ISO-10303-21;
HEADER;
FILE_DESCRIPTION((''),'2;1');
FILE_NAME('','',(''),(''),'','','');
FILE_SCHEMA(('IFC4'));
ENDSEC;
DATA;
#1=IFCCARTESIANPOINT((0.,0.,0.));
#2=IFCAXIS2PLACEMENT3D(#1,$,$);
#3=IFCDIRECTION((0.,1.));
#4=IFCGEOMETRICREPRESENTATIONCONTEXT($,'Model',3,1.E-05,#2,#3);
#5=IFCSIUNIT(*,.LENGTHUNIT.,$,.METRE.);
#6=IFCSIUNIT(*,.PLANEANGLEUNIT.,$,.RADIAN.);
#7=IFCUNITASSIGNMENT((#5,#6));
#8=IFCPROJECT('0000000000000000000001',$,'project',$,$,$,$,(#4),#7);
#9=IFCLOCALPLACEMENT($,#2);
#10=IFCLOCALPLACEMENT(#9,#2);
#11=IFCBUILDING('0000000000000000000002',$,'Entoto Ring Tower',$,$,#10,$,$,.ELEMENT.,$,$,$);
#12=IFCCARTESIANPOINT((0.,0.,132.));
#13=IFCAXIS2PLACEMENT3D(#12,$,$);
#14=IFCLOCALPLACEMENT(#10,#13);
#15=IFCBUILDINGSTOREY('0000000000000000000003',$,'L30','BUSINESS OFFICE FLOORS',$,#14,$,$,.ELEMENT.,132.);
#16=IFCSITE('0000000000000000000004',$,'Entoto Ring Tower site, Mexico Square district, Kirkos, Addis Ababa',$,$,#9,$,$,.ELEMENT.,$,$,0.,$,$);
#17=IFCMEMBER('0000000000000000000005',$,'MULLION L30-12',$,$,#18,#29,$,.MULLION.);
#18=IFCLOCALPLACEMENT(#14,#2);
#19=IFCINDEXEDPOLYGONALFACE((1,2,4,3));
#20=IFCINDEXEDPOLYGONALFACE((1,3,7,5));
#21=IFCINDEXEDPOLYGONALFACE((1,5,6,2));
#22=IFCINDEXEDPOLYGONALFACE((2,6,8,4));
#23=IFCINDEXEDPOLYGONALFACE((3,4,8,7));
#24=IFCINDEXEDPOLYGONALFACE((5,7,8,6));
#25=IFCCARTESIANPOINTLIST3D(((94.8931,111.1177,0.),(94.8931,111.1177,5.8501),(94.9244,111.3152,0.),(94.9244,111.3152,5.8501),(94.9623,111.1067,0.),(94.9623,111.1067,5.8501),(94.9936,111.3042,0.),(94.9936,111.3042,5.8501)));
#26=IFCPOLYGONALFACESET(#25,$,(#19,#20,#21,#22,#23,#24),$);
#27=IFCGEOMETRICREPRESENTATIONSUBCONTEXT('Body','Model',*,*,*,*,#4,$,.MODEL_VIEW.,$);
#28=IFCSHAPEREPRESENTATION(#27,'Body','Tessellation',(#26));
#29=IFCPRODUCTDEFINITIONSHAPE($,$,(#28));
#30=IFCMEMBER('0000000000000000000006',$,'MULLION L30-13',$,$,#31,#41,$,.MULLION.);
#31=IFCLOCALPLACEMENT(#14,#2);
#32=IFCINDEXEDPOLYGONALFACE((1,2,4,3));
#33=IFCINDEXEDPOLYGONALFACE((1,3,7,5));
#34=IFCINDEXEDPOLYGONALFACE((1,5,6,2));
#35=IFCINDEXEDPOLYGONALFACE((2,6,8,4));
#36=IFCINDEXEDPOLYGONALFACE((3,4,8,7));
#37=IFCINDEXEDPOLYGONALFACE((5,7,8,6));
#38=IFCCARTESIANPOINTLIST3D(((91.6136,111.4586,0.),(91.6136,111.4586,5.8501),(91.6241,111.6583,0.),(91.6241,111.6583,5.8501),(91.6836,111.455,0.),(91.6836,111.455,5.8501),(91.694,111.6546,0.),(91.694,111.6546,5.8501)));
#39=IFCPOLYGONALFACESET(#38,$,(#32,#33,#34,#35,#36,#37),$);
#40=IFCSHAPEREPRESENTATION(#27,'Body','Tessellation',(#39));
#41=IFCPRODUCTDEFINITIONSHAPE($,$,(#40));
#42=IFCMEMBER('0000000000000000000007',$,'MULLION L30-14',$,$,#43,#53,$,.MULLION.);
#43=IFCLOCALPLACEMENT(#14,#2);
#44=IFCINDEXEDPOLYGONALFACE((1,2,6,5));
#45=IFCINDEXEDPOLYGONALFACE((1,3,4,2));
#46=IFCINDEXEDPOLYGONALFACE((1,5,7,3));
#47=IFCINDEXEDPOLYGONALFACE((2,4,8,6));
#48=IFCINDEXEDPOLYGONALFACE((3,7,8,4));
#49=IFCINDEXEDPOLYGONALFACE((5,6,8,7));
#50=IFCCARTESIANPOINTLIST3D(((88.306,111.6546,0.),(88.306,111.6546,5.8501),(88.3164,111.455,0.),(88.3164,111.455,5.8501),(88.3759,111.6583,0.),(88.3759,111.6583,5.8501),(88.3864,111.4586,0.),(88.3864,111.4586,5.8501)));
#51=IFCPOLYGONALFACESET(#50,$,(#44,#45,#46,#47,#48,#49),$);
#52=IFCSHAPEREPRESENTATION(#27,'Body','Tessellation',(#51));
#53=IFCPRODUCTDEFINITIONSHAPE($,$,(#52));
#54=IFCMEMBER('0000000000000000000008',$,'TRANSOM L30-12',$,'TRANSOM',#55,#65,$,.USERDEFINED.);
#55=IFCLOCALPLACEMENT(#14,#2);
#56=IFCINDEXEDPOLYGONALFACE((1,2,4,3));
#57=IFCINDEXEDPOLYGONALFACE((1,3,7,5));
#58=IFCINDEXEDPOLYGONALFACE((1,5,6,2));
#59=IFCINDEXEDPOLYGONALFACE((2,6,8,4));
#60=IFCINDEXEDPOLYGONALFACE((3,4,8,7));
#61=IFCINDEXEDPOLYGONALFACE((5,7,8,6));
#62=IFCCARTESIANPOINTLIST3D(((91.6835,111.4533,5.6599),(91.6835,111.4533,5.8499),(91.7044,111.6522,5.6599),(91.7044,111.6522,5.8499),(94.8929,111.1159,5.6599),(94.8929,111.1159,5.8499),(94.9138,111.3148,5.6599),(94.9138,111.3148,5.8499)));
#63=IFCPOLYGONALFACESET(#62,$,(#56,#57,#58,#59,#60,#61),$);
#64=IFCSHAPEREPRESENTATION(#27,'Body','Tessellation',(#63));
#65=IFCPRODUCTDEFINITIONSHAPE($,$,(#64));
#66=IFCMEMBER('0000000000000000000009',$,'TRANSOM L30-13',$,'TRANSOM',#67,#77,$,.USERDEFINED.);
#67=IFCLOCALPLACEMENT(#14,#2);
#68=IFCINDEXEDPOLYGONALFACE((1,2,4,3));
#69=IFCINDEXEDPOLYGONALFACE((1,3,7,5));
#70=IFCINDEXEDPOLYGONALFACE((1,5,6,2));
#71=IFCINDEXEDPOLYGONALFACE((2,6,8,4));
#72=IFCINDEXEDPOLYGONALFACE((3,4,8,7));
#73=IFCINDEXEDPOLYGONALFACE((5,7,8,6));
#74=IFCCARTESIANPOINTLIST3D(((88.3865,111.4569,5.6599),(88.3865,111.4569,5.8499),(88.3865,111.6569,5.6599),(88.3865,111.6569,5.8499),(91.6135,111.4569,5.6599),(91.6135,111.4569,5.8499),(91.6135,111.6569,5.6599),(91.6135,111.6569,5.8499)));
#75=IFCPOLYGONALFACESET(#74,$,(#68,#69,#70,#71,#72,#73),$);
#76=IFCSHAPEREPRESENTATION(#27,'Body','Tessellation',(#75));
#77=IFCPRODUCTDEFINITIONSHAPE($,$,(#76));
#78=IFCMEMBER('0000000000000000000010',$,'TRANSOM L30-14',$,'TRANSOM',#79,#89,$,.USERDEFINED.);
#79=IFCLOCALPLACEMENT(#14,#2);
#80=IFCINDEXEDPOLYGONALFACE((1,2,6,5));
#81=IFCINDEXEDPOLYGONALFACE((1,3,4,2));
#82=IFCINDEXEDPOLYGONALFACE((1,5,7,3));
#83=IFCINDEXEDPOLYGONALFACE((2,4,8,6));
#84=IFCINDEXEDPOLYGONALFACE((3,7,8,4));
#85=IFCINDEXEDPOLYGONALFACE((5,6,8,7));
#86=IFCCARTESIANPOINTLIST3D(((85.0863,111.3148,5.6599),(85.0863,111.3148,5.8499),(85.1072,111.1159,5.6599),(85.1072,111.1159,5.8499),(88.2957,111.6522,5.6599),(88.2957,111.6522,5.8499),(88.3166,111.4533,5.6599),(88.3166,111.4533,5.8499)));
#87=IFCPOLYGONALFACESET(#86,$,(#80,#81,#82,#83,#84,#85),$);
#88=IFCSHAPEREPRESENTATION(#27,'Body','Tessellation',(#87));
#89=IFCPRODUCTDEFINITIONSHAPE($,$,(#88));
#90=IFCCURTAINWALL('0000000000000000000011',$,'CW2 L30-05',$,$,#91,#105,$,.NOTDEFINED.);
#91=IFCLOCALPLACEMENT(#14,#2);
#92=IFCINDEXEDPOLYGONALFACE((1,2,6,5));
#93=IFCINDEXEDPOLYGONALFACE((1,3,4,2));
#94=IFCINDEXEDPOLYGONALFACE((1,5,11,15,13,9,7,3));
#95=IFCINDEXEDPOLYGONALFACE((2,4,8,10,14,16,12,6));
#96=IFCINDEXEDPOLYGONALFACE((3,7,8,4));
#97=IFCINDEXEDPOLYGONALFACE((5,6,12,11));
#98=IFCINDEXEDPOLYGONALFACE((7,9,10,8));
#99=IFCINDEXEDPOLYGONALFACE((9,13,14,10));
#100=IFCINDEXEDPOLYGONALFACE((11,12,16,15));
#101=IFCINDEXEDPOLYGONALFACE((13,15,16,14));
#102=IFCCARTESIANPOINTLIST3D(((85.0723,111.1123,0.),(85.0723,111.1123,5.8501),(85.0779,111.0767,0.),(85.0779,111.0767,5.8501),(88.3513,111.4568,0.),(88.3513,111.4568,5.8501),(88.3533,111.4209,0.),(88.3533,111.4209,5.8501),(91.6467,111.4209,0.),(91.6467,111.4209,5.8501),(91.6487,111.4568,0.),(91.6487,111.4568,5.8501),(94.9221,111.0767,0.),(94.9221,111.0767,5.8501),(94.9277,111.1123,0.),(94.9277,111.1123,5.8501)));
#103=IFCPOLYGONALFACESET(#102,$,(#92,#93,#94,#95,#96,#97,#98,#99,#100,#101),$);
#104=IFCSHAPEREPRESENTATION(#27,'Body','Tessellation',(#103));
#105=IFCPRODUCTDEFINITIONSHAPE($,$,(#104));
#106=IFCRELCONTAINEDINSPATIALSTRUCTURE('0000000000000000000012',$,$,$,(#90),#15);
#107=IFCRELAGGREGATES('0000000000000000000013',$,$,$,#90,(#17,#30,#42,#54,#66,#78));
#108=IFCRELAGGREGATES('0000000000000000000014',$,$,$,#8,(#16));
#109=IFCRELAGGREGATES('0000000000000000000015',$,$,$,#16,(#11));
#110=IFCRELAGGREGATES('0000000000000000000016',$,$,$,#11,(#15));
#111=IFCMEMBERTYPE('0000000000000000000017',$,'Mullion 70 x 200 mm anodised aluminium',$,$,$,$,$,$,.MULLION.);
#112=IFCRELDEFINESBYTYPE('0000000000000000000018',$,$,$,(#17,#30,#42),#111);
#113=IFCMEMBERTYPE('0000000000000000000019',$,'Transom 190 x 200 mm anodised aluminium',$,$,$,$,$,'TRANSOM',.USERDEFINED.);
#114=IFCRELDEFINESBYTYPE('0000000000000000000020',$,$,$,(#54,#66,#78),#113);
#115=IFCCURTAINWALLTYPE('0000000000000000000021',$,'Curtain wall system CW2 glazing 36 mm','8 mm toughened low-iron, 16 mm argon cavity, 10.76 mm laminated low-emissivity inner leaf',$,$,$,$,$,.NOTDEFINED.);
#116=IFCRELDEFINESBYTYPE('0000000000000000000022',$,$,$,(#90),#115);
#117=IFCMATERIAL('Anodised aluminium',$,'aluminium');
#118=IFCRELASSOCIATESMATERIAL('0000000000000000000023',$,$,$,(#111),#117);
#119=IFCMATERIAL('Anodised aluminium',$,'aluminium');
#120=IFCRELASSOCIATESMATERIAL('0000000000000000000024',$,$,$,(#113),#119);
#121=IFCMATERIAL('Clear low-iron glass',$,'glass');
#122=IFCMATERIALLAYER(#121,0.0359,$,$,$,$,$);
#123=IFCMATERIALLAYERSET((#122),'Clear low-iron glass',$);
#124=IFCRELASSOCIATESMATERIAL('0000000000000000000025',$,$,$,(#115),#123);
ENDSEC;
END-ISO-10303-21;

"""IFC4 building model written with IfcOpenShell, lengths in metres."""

from ifc_helpers import new_model, si_unit, direction, frame, origin, origin_2d, place, context, subcontext, project, spatial, polyline, rectangle, outline, extrude, material, layer, layer_set, material_profile, profile_set, type_object, element, aggregate, save


model = new_model("IFC4")

# Units and contexts
model_context = context("Model", 3, precision=1e-05, world=origin(), true_north=direction((0.0, 1.0)))
body_context = subcontext(model_context, "Body", "Model", "MODEL_VIEW")
ifc_project = project(units=[si_unit("LENGTHUNIT", "METRE"), si_unit("PLANEANGLEUNIT", "RADIAN")], contexts=[model_context])

# Members
ifc_material_1 = material(Name="Anodised aluminium", Category="aluminium")
ifc_material_profile_1 = material_profile(ifc_material_1, rectangle(XDim=0.0701, YDim=0.2, at=origin_2d()), Name="Mullion 70 x 200 mm anodised aluminium")
ifc_profile_set_1 = profile_set([ifc_material_profile_1], Name="Anodised aluminium")
member_type_1 = type_object("IfcMemberType", Name="Mullion 70 x 200 mm anodised aluminium", PredefinedType="MULLION", material=ifc_profile_set_1)
site_placement = place(None, origin())
building_placement = place(site_placement, origin())
storey_placement = place(building_placement, frame((0.0, 0.0, 132.0)))
member_1_placement = place(storey_placement, frame((94.9434, 111.2109, 0.0), z_axis=(0.0, 0.0, 1.0), x_axis=(-0.987688, 0.156434, 0.0)))
member_1 = element("IfcMember", 1, at=member_1_placement, type_object=member_type_1, Name="MULLION L30-12", PredefinedType="MULLION", context=body_context, shape_type="SweptSolid", body=[
    extrude(rectangle(XDim=0.0701, YDim=0.2, at=origin_2d()), origin(), (0.0, 0.0, 1.0), 5.8501),
])
member_2_placement = place(storey_placement, frame((91.6538, 111.5566, 0.0), z_axis=(0.0, 0.0, 1.0), x_axis=(-0.99863, 0.052336, 0.0)))
member_2 = element("IfcMember", 2, at=member_2_placement, type_object=member_type_1, Name="MULLION L30-13", PredefinedType="MULLION", context=body_context, shape_type="SweptSolid", body=[
    extrude(rectangle(XDim=0.0701, YDim=0.2, at=origin_2d()), origin(), (0.0, 0.0, 1.0), 5.8501),
])
member_3_placement = place(storey_placement, frame((88.3462, 111.5566, 0.0), z_axis=(0.0, 0.0, 1.0), x_axis=(-0.99863, -0.052336, 0.0)))
member_3 = element("IfcMember", 3, at=member_3_placement, type_object=member_type_1, Name="MULLION L30-14", PredefinedType="MULLION", context=body_context, shape_type="SweptSolid", body=[
    extrude(rectangle(XDim=0.0701, YDim=0.2, at=origin_2d()), origin(), (0.0, 0.0, 1.0), 5.8501),
])
ifc_material_2 = material(Name="Anodised aluminium", Category="aluminium")
ifc_material_profile_2 = material_profile(ifc_material_2, rectangle(XDim=0.2, YDim=0.1899, at=origin_2d()), Name="Transom 190 x 200 mm anodised aluminium")
ifc_profile_set_2 = profile_set([ifc_material_profile_2], Name="Anodised aluminium")
member_type_2 = type_object("IfcMemberType", Name="Transom 190 x 200 mm anodised aluminium", ElementType="TRANSOM", PredefinedType="USERDEFINED", material=ifc_profile_set_2)
member_4_placement = place(storey_placement, frame((94.9033, 111.2153, 5.7549), z_axis=(-0.99452, 0.104551, 0.0), x_axis=(-0.104551, -0.99452, 0.0)))
member_4 = element("IfcMember", 4, at=member_4_placement, type_object=member_type_2, Name="TRANSOM L30-12", ObjectType="TRANSOM", PredefinedType="USERDEFINED", context=body_context, shape_type="SweptSolid", body=[
    extrude(rectangle(XDim=0.2, YDim=0.1899, at=origin_2d()), origin(), (0.0, 0.0, 1.0), 3.2271),
])
member_5_placement = place(storey_placement, frame((91.6135, 111.5569, 5.7549), z_axis=(-1.0, 0.0, 0.0), x_axis=(0.0, -1.0, 0.0)))
member_5 = element("IfcMember", 5, at=member_5_placement, type_object=member_type_2, Name="TRANSOM L30-13", ObjectType="TRANSOM", PredefinedType="USERDEFINED", context=body_context, shape_type="SweptSolid", body=[
    extrude(rectangle(XDim=0.2, YDim=0.1899, at=origin_2d()), origin(), (0.0, 0.0, 1.0), 3.2271),
])
member_6_placement = place(storey_placement, frame((88.3062, 111.5527, 5.7549), z_axis=(-0.99452, -0.104551, 0.0), x_axis=(0.104551, -0.99452, 0.0)))
member_6 = element("IfcMember", 6, at=member_6_placement, type_object=member_type_2, Name="TRANSOM L30-14", ObjectType="TRANSOM", PredefinedType="USERDEFINED", context=body_context, shape_type="SweptSolid", body=[
    extrude(rectangle(XDim=0.2, YDim=0.1899, at=origin_2d()), origin(), (0.0, 0.0, 1.0), 3.2271),
])

# Site, building, storey
site = spatial("IfcSite", under=ifc_project, at=site_placement, Name="Entoto Ring Tower site, Mexico Square district, Kirkos, Addis Ababa", CompositionType="ELEMENT", RefElevation=0.0)
building = spatial("IfcBuilding", under=site, at=building_placement, Name="Entoto Ring Tower", CompositionType="ELEMENT")
storey = spatial("IfcBuildingStorey", under=building, at=storey_placement, Name="L30", Description="BUSINESS OFFICE FLOORS", CompositionType="ELEMENT", Elevation=132.0)

# Curtain wall
ifc_material_3 = material(Name="Clear low-iron glass", Category="glass")
ifc_layer = layer(ifc_material_3, 0.0359)
ifc_layer_set = layer_set([ifc_layer], Name="Clear low-iron glass")
curtain_wall_type = type_object("IfcCurtainWallType", Name="Curtain wall system CW2 glazing 36 mm", Description="8 mm toughened low-iron, 16 mm argon cavity, 10.76 mm laminated low-emissivity inner leaf", PredefinedType="NOTDEFINED", material=ifc_layer_set)
curtain_wall_1_placement = place(storey_placement, origin())
curtain_wall_1 = element("IfcCurtainWall", 7, at=curtain_wall_1_placement, inside=storey, type_object=curtain_wall_type, Name="CW2 L30-05", PredefinedType="NOTDEFINED", context=body_context, shape_type="SweptSolid", body=[
    extrude(outline(polyline([(94.9277, 111.1123), (91.6487, 111.4568), (88.3513, 111.4568), (85.0723, 111.1123), (85.0779, 111.0767), (88.3533, 111.4209), (91.6467, 111.4209), (94.9221, 111.0767), (94.9277, 111.1123)])), origin(), (0.0, 0.0, 1.0), 5.8501),
])
aggregate(curtain_wall_1, [member_1, member_2, member_3, member_4, member_5, member_6])

save(model, "model.ifc")
